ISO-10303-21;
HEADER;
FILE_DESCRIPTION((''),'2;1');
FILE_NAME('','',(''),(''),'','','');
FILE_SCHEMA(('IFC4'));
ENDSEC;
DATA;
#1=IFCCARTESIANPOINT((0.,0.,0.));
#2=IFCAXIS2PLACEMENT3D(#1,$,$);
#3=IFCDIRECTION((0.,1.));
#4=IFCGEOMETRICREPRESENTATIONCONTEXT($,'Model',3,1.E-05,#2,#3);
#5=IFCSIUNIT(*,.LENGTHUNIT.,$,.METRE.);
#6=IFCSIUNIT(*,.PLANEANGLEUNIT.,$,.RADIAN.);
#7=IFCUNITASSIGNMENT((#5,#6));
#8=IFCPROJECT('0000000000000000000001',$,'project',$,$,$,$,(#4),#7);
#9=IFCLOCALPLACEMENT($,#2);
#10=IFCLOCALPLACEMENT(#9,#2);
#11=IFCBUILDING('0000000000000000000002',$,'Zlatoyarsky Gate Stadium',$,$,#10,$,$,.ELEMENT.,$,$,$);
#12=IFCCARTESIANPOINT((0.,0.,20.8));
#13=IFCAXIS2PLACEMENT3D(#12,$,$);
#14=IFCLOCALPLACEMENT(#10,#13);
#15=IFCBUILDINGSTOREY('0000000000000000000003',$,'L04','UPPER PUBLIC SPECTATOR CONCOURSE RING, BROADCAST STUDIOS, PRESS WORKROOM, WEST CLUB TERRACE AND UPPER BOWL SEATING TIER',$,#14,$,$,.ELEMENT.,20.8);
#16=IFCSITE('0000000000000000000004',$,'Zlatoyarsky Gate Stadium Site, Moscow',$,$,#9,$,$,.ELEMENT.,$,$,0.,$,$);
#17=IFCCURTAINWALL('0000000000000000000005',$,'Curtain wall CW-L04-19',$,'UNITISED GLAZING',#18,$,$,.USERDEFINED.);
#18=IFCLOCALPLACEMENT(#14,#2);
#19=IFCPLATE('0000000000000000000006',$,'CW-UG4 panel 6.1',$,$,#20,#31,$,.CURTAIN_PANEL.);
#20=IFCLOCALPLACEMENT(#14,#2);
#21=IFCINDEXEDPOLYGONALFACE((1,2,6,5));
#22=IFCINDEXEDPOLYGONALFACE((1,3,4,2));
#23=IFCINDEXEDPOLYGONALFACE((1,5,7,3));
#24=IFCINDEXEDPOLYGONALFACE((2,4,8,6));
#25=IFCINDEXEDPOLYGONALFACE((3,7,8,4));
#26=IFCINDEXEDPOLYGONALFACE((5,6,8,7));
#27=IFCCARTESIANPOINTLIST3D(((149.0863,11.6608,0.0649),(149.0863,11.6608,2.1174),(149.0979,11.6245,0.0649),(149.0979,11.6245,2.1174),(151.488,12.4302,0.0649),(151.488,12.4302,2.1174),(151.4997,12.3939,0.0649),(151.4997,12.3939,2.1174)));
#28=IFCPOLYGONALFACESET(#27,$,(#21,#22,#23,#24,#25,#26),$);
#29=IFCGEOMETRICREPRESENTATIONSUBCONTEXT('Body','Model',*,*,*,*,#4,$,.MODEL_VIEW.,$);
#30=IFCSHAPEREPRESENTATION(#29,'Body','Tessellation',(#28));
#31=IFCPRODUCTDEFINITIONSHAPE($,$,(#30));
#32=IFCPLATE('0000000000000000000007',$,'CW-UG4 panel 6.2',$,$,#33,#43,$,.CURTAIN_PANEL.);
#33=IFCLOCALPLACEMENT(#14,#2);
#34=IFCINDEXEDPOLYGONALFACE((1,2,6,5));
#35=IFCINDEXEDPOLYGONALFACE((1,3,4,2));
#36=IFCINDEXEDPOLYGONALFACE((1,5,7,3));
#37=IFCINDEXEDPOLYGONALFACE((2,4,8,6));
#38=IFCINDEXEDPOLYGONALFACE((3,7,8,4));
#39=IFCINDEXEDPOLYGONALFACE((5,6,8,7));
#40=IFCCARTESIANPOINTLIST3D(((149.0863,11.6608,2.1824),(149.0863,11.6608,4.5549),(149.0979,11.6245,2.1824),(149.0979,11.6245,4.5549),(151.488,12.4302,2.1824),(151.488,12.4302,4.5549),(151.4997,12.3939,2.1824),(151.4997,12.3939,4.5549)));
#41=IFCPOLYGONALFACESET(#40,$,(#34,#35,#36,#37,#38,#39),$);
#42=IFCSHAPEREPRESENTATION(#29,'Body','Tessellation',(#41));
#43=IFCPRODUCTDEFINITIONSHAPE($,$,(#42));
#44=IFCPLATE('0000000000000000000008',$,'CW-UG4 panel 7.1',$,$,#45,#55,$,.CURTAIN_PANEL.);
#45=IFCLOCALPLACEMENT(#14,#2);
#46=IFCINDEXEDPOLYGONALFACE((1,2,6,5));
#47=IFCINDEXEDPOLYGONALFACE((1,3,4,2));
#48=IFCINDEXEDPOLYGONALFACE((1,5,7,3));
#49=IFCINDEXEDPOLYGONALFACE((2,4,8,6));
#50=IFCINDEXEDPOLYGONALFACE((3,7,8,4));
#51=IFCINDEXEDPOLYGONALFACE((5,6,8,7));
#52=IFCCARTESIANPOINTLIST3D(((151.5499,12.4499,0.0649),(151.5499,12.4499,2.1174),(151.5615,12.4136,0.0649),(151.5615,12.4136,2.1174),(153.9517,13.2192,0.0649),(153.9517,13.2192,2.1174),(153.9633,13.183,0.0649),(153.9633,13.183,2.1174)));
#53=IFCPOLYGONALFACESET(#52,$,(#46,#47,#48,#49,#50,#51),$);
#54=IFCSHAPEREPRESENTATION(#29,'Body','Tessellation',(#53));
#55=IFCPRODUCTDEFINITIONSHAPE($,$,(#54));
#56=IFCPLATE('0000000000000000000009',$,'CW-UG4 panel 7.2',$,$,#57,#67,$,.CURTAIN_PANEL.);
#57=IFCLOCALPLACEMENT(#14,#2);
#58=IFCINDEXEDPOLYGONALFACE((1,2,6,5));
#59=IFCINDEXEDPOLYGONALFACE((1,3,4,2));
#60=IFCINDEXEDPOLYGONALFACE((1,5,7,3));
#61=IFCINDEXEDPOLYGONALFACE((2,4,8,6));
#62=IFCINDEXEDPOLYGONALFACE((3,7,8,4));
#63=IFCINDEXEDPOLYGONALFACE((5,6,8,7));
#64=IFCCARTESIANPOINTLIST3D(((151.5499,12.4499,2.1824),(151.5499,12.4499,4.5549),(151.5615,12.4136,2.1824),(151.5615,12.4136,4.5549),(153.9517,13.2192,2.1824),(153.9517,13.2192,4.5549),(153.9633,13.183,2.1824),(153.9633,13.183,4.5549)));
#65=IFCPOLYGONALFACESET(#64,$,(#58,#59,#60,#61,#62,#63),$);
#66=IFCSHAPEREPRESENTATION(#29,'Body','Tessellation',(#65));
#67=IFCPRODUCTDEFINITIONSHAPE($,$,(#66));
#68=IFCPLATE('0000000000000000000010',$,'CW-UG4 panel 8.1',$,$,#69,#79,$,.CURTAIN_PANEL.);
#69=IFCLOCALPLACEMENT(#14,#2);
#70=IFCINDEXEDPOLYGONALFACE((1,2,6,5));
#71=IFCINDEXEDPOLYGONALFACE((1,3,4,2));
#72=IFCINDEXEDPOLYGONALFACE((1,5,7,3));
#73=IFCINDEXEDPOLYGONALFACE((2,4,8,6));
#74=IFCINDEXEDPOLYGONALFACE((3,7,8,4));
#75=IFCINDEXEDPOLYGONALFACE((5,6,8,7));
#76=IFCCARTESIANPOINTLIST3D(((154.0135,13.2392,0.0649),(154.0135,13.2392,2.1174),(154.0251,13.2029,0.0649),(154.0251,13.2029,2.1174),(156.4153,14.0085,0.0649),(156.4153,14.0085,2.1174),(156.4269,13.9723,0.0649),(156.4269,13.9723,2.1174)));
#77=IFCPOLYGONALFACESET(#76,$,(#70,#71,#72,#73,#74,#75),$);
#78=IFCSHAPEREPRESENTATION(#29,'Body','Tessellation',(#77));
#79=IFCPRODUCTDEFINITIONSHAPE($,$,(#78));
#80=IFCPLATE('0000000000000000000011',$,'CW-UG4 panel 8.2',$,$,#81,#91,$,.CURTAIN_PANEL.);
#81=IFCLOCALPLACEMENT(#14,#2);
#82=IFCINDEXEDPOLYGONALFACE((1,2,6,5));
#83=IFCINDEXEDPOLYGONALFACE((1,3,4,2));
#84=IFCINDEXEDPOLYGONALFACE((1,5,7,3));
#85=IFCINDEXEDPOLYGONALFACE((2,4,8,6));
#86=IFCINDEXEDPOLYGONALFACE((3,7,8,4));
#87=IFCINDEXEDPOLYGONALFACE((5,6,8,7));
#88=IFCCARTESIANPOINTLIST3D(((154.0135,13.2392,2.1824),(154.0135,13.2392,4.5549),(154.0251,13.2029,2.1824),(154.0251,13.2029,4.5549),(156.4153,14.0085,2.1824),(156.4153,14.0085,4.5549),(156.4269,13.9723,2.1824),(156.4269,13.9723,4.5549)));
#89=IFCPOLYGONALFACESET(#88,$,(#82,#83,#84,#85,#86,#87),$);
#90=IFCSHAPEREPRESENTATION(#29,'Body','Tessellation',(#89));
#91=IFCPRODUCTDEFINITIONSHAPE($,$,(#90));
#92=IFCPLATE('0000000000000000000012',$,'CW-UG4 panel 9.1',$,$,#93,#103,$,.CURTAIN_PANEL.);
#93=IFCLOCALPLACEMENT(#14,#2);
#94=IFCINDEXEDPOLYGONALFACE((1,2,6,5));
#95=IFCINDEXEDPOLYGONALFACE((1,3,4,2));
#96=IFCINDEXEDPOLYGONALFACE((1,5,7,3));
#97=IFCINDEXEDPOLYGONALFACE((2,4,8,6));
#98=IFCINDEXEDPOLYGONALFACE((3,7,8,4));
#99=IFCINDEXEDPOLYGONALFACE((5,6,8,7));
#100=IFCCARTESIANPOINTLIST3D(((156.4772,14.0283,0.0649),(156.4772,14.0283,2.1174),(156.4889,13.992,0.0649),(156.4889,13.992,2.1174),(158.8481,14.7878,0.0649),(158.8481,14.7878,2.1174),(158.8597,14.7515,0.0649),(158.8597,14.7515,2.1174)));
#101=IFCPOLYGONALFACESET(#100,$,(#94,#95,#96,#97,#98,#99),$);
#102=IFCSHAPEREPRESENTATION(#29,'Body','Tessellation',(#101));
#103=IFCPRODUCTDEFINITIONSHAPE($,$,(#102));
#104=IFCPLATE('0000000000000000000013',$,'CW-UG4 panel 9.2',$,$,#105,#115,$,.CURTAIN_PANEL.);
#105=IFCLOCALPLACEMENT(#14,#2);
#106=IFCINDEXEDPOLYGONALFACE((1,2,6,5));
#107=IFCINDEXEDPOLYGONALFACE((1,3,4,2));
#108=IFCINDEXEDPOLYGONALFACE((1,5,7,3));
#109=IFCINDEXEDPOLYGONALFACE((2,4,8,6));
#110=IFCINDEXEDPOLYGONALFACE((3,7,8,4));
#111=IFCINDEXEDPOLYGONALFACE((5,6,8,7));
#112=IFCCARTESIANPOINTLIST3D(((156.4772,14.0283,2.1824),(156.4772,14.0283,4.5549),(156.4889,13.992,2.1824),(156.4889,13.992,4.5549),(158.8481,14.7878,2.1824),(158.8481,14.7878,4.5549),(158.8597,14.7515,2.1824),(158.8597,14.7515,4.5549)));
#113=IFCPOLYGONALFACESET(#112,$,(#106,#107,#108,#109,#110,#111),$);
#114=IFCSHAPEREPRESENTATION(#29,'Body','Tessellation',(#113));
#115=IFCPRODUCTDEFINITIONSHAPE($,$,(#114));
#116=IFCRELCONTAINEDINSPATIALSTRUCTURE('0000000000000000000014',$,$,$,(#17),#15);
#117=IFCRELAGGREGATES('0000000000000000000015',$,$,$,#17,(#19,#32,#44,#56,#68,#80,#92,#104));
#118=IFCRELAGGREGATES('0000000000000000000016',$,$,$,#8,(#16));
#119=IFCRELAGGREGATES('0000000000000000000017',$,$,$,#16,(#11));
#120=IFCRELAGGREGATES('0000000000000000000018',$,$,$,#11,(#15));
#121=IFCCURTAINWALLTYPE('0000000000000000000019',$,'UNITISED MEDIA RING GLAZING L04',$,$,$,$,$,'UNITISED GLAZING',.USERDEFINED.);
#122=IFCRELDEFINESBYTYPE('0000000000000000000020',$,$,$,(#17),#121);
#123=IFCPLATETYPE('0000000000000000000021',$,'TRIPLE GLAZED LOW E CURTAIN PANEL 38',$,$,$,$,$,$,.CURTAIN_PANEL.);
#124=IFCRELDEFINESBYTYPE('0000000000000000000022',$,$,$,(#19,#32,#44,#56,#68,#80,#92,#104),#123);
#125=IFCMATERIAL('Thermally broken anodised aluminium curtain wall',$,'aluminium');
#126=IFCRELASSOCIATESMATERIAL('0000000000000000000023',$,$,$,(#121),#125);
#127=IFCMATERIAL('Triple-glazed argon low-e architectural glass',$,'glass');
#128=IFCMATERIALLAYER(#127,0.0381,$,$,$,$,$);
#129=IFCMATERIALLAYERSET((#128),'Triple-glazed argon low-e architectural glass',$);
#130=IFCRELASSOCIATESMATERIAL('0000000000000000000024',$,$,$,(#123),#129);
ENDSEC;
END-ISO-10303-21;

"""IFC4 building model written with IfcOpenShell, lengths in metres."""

from ifc_helpers import new_model, si_unit, direction, frame, origin, origin_2d, place, context, subcontext, project, spatial, rectangle, extrude, material, layer, layer_set, type_object, element, aggregate, save


model = new_model("IFC4")

# Units and contexts
model_context = context("Model", 3, precision=1e-05, world=origin(), true_north=direction((0.0, 1.0)))
body_context = subcontext(model_context, "Body", "Model", "MODEL_VIEW")
ifc_project = project(units=[si_unit("LENGTHUNIT", "METRE"), si_unit("PLANEANGLEUNIT", "RADIAN")], contexts=[model_context])

# Site, building, storey
site_placement = place(None, origin())
site = spatial("IfcSite", under=ifc_project, at=site_placement, Name="Zlatoyarsky Gate Stadium Site, Moscow", CompositionType="ELEMENT", RefElevation=0.0)
building_placement = place(site_placement, origin())
building = spatial("IfcBuilding", under=site, at=building_placement, Name="Zlatoyarsky Gate Stadium", CompositionType="ELEMENT")
storey_placement = place(building_placement, frame((0.0, 0.0, 20.8)))
storey = spatial("IfcBuildingStorey", under=building, at=storey_placement, Name="L04", Description="UPPER PUBLIC SPECTATOR CONCOURSE RING, BROADCAST STUDIOS, PRESS WORKROOM, WEST CLUB TERRACE AND UPPER BOWL SEATING TIER", CompositionType="ELEMENT", Elevation=20.8)

# Curtain wall
ifc_material_1 = material(Name="Thermally broken anodised aluminium curtain wall", Category="aluminium")
curtain_wall_type = type_object("IfcCurtainWallType", Name="UNITISED MEDIA RING GLAZING L04", ElementType="UNITISED GLAZING", PredefinedType="USERDEFINED", material=ifc_material_1)
curtain_wall_1_placement = place(storey_placement, origin())
curtain_wall_1 = element("IfcCurtainWall", 1, at=curtain_wall_1_placement, inside=storey, type_object=curtain_wall_type, Name="Curtain wall CW-L04-19", ObjectType="UNITISED GLAZING", PredefinedType="USERDEFINED")

# Plates
ifc_material_2 = material(Name="Triple-glazed argon low-e architectural glass", Category="glass")
ifc_layer_1 = layer(ifc_material_2, 0.0381)
ifc_layer_set_1 = layer_set([ifc_layer_1], Name="Triple-glazed argon low-e architectural glass")
plate_type_1 = type_object("IfcPlateType", Name="TRIPLE GLAZED LOW E CURTAIN PANEL 38", PredefinedType="CURTAIN_PANEL", material=ifc_layer_set_1)
plate_1_placement = place(storey_placement, frame((150.293, 12.0273, 0.0649), z_axis=(0.0, 0.0, 1.0), x_axis=(0.952331, 0.305066, 0.0)))
plate_1 = element("IfcPlate", 2, at=plate_1_placement, type_object=plate_type_1, Name="CW-UG4 panel 6.1", PredefinedType="CURTAIN_PANEL", context=body_context, shape_type="SweptSolid", body=[
    extrude(rectangle(XDim=2.522, YDim=0.0381, at=origin_2d()), origin(), (0.0, 0.0, 1.0), 2.0525),
])
plate_2_placement = place(storey_placement, frame((150.293, 12.0273, 2.1824), z_axis=(0.0, 0.0, 1.0), x_axis=(0.952331, 0.305066, 0.0)))
plate_2 = element("IfcPlate", 3, at=plate_2_placement, type_object=plate_type_1, Name="CW-UG4 panel 6.2", PredefinedType="CURTAIN_PANEL", context=body_context, shape_type="SweptSolid", body=[
    extrude(rectangle(XDim=2.522, YDim=0.0381, at=origin_2d()), origin(), (0.0, 0.0, 1.0), 2.3726),
])
plate_3_placement = place(storey_placement, frame((152.7566, 12.8164, 0.0649), z_axis=(0.0, 0.0, 1.0), x_axis=(0.952331, 0.305066, 0.0)))
plate_3 = element("IfcPlate", 4, at=plate_3_placement, type_object=plate_type_1, Name="CW-UG4 panel 7.1", PredefinedType="CURTAIN_PANEL", context=body_context, shape_type="SweptSolid", body=[
    extrude(rectangle(XDim=2.522, YDim=0.0381, at=origin_2d()), origin(), (0.0, 0.0, 1.0), 2.0525),
])
plate_4_placement = place(storey_placement, frame((152.7566, 12.8164, 2.1824), z_axis=(0.0, 0.0, 1.0), x_axis=(0.952331, 0.305066, 0.0)))
plate_4 = element("IfcPlate", 5, at=plate_4_placement, type_object=plate_type_1, Name="CW-UG4 panel 7.2", PredefinedType="CURTAIN_PANEL", context=body_context, shape_type="SweptSolid", body=[
    extrude(rectangle(XDim=2.522, YDim=0.0381, at=origin_2d()), origin(), (0.0, 0.0, 1.0), 2.3726),
])
plate_5_placement = place(storey_placement, frame((155.2202, 13.6057, 0.0649), z_axis=(0.0, 0.0, 1.0), x_axis=(0.952331, 0.305066, 0.0)))
plate_5 = element("IfcPlate", 6, at=plate_5_placement, type_object=plate_type_1, Name="CW-UG4 panel 8.1", PredefinedType="CURTAIN_PANEL", context=body_context, shape_type="SweptSolid", body=[
    extrude(rectangle(XDim=2.522, YDim=0.0381, at=origin_2d()), origin(), (0.0, 0.0, 1.0), 2.0525),
])
plate_6_placement = place(storey_placement, frame((155.2202, 13.6057, 2.1824), z_axis=(0.0, 0.0, 1.0), x_axis=(0.952331, 0.305066, 0.0)))
plate_6 = element("IfcPlate", 7, at=plate_6_placement, type_object=plate_type_1, Name="CW-UG4 panel 8.2", PredefinedType="CURTAIN_PANEL", context=body_context, shape_type="SweptSolid", body=[
    extrude(rectangle(XDim=2.522, YDim=0.0381, at=origin_2d()), origin(), (0.0, 0.0, 1.0), 2.3726),
])
plate_7_placement = place(storey_placement, frame((157.6685, 14.3899, 0.0649), z_axis=(0.0, 0.0, 1.0), x_axis=(0.952331, 0.305066, 0.0)))
plate_7 = element("IfcPlate", 8, at=plate_7_placement, type_object=plate_type_1, Name="CW-UG4 panel 9.1", PredefinedType="CURTAIN_PANEL", context=body_context, shape_type="SweptSolid", body=[
    extrude(rectangle(XDim=2.4895, YDim=0.0381, at=origin_2d()), origin(), (0.0, 0.0, 1.0), 2.0525),
])
plate_8_placement = place(storey_placement, frame((157.6685, 14.3899, 2.1824), z_axis=(0.0, 0.0, 1.0), x_axis=(0.952331, 0.305066, 0.0)))
plate_8 = element("IfcPlate", 9, at=plate_8_placement, type_object=plate_type_1, Name="CW-UG4 panel 9.2", PredefinedType="CURTAIN_PANEL", context=body_context, shape_type="SweptSolid", body=[
    extrude(rectangle(XDim=2.4895, YDim=0.0381, at=origin_2d()), origin(), (0.0, 0.0, 1.0), 2.3726),
])
aggregate(curtain_wall_1, [plate_1, plate_2, plate_3, plate_4, plate_5, plate_6, plate_7, plate_8])

save(model, "model.ifc")
